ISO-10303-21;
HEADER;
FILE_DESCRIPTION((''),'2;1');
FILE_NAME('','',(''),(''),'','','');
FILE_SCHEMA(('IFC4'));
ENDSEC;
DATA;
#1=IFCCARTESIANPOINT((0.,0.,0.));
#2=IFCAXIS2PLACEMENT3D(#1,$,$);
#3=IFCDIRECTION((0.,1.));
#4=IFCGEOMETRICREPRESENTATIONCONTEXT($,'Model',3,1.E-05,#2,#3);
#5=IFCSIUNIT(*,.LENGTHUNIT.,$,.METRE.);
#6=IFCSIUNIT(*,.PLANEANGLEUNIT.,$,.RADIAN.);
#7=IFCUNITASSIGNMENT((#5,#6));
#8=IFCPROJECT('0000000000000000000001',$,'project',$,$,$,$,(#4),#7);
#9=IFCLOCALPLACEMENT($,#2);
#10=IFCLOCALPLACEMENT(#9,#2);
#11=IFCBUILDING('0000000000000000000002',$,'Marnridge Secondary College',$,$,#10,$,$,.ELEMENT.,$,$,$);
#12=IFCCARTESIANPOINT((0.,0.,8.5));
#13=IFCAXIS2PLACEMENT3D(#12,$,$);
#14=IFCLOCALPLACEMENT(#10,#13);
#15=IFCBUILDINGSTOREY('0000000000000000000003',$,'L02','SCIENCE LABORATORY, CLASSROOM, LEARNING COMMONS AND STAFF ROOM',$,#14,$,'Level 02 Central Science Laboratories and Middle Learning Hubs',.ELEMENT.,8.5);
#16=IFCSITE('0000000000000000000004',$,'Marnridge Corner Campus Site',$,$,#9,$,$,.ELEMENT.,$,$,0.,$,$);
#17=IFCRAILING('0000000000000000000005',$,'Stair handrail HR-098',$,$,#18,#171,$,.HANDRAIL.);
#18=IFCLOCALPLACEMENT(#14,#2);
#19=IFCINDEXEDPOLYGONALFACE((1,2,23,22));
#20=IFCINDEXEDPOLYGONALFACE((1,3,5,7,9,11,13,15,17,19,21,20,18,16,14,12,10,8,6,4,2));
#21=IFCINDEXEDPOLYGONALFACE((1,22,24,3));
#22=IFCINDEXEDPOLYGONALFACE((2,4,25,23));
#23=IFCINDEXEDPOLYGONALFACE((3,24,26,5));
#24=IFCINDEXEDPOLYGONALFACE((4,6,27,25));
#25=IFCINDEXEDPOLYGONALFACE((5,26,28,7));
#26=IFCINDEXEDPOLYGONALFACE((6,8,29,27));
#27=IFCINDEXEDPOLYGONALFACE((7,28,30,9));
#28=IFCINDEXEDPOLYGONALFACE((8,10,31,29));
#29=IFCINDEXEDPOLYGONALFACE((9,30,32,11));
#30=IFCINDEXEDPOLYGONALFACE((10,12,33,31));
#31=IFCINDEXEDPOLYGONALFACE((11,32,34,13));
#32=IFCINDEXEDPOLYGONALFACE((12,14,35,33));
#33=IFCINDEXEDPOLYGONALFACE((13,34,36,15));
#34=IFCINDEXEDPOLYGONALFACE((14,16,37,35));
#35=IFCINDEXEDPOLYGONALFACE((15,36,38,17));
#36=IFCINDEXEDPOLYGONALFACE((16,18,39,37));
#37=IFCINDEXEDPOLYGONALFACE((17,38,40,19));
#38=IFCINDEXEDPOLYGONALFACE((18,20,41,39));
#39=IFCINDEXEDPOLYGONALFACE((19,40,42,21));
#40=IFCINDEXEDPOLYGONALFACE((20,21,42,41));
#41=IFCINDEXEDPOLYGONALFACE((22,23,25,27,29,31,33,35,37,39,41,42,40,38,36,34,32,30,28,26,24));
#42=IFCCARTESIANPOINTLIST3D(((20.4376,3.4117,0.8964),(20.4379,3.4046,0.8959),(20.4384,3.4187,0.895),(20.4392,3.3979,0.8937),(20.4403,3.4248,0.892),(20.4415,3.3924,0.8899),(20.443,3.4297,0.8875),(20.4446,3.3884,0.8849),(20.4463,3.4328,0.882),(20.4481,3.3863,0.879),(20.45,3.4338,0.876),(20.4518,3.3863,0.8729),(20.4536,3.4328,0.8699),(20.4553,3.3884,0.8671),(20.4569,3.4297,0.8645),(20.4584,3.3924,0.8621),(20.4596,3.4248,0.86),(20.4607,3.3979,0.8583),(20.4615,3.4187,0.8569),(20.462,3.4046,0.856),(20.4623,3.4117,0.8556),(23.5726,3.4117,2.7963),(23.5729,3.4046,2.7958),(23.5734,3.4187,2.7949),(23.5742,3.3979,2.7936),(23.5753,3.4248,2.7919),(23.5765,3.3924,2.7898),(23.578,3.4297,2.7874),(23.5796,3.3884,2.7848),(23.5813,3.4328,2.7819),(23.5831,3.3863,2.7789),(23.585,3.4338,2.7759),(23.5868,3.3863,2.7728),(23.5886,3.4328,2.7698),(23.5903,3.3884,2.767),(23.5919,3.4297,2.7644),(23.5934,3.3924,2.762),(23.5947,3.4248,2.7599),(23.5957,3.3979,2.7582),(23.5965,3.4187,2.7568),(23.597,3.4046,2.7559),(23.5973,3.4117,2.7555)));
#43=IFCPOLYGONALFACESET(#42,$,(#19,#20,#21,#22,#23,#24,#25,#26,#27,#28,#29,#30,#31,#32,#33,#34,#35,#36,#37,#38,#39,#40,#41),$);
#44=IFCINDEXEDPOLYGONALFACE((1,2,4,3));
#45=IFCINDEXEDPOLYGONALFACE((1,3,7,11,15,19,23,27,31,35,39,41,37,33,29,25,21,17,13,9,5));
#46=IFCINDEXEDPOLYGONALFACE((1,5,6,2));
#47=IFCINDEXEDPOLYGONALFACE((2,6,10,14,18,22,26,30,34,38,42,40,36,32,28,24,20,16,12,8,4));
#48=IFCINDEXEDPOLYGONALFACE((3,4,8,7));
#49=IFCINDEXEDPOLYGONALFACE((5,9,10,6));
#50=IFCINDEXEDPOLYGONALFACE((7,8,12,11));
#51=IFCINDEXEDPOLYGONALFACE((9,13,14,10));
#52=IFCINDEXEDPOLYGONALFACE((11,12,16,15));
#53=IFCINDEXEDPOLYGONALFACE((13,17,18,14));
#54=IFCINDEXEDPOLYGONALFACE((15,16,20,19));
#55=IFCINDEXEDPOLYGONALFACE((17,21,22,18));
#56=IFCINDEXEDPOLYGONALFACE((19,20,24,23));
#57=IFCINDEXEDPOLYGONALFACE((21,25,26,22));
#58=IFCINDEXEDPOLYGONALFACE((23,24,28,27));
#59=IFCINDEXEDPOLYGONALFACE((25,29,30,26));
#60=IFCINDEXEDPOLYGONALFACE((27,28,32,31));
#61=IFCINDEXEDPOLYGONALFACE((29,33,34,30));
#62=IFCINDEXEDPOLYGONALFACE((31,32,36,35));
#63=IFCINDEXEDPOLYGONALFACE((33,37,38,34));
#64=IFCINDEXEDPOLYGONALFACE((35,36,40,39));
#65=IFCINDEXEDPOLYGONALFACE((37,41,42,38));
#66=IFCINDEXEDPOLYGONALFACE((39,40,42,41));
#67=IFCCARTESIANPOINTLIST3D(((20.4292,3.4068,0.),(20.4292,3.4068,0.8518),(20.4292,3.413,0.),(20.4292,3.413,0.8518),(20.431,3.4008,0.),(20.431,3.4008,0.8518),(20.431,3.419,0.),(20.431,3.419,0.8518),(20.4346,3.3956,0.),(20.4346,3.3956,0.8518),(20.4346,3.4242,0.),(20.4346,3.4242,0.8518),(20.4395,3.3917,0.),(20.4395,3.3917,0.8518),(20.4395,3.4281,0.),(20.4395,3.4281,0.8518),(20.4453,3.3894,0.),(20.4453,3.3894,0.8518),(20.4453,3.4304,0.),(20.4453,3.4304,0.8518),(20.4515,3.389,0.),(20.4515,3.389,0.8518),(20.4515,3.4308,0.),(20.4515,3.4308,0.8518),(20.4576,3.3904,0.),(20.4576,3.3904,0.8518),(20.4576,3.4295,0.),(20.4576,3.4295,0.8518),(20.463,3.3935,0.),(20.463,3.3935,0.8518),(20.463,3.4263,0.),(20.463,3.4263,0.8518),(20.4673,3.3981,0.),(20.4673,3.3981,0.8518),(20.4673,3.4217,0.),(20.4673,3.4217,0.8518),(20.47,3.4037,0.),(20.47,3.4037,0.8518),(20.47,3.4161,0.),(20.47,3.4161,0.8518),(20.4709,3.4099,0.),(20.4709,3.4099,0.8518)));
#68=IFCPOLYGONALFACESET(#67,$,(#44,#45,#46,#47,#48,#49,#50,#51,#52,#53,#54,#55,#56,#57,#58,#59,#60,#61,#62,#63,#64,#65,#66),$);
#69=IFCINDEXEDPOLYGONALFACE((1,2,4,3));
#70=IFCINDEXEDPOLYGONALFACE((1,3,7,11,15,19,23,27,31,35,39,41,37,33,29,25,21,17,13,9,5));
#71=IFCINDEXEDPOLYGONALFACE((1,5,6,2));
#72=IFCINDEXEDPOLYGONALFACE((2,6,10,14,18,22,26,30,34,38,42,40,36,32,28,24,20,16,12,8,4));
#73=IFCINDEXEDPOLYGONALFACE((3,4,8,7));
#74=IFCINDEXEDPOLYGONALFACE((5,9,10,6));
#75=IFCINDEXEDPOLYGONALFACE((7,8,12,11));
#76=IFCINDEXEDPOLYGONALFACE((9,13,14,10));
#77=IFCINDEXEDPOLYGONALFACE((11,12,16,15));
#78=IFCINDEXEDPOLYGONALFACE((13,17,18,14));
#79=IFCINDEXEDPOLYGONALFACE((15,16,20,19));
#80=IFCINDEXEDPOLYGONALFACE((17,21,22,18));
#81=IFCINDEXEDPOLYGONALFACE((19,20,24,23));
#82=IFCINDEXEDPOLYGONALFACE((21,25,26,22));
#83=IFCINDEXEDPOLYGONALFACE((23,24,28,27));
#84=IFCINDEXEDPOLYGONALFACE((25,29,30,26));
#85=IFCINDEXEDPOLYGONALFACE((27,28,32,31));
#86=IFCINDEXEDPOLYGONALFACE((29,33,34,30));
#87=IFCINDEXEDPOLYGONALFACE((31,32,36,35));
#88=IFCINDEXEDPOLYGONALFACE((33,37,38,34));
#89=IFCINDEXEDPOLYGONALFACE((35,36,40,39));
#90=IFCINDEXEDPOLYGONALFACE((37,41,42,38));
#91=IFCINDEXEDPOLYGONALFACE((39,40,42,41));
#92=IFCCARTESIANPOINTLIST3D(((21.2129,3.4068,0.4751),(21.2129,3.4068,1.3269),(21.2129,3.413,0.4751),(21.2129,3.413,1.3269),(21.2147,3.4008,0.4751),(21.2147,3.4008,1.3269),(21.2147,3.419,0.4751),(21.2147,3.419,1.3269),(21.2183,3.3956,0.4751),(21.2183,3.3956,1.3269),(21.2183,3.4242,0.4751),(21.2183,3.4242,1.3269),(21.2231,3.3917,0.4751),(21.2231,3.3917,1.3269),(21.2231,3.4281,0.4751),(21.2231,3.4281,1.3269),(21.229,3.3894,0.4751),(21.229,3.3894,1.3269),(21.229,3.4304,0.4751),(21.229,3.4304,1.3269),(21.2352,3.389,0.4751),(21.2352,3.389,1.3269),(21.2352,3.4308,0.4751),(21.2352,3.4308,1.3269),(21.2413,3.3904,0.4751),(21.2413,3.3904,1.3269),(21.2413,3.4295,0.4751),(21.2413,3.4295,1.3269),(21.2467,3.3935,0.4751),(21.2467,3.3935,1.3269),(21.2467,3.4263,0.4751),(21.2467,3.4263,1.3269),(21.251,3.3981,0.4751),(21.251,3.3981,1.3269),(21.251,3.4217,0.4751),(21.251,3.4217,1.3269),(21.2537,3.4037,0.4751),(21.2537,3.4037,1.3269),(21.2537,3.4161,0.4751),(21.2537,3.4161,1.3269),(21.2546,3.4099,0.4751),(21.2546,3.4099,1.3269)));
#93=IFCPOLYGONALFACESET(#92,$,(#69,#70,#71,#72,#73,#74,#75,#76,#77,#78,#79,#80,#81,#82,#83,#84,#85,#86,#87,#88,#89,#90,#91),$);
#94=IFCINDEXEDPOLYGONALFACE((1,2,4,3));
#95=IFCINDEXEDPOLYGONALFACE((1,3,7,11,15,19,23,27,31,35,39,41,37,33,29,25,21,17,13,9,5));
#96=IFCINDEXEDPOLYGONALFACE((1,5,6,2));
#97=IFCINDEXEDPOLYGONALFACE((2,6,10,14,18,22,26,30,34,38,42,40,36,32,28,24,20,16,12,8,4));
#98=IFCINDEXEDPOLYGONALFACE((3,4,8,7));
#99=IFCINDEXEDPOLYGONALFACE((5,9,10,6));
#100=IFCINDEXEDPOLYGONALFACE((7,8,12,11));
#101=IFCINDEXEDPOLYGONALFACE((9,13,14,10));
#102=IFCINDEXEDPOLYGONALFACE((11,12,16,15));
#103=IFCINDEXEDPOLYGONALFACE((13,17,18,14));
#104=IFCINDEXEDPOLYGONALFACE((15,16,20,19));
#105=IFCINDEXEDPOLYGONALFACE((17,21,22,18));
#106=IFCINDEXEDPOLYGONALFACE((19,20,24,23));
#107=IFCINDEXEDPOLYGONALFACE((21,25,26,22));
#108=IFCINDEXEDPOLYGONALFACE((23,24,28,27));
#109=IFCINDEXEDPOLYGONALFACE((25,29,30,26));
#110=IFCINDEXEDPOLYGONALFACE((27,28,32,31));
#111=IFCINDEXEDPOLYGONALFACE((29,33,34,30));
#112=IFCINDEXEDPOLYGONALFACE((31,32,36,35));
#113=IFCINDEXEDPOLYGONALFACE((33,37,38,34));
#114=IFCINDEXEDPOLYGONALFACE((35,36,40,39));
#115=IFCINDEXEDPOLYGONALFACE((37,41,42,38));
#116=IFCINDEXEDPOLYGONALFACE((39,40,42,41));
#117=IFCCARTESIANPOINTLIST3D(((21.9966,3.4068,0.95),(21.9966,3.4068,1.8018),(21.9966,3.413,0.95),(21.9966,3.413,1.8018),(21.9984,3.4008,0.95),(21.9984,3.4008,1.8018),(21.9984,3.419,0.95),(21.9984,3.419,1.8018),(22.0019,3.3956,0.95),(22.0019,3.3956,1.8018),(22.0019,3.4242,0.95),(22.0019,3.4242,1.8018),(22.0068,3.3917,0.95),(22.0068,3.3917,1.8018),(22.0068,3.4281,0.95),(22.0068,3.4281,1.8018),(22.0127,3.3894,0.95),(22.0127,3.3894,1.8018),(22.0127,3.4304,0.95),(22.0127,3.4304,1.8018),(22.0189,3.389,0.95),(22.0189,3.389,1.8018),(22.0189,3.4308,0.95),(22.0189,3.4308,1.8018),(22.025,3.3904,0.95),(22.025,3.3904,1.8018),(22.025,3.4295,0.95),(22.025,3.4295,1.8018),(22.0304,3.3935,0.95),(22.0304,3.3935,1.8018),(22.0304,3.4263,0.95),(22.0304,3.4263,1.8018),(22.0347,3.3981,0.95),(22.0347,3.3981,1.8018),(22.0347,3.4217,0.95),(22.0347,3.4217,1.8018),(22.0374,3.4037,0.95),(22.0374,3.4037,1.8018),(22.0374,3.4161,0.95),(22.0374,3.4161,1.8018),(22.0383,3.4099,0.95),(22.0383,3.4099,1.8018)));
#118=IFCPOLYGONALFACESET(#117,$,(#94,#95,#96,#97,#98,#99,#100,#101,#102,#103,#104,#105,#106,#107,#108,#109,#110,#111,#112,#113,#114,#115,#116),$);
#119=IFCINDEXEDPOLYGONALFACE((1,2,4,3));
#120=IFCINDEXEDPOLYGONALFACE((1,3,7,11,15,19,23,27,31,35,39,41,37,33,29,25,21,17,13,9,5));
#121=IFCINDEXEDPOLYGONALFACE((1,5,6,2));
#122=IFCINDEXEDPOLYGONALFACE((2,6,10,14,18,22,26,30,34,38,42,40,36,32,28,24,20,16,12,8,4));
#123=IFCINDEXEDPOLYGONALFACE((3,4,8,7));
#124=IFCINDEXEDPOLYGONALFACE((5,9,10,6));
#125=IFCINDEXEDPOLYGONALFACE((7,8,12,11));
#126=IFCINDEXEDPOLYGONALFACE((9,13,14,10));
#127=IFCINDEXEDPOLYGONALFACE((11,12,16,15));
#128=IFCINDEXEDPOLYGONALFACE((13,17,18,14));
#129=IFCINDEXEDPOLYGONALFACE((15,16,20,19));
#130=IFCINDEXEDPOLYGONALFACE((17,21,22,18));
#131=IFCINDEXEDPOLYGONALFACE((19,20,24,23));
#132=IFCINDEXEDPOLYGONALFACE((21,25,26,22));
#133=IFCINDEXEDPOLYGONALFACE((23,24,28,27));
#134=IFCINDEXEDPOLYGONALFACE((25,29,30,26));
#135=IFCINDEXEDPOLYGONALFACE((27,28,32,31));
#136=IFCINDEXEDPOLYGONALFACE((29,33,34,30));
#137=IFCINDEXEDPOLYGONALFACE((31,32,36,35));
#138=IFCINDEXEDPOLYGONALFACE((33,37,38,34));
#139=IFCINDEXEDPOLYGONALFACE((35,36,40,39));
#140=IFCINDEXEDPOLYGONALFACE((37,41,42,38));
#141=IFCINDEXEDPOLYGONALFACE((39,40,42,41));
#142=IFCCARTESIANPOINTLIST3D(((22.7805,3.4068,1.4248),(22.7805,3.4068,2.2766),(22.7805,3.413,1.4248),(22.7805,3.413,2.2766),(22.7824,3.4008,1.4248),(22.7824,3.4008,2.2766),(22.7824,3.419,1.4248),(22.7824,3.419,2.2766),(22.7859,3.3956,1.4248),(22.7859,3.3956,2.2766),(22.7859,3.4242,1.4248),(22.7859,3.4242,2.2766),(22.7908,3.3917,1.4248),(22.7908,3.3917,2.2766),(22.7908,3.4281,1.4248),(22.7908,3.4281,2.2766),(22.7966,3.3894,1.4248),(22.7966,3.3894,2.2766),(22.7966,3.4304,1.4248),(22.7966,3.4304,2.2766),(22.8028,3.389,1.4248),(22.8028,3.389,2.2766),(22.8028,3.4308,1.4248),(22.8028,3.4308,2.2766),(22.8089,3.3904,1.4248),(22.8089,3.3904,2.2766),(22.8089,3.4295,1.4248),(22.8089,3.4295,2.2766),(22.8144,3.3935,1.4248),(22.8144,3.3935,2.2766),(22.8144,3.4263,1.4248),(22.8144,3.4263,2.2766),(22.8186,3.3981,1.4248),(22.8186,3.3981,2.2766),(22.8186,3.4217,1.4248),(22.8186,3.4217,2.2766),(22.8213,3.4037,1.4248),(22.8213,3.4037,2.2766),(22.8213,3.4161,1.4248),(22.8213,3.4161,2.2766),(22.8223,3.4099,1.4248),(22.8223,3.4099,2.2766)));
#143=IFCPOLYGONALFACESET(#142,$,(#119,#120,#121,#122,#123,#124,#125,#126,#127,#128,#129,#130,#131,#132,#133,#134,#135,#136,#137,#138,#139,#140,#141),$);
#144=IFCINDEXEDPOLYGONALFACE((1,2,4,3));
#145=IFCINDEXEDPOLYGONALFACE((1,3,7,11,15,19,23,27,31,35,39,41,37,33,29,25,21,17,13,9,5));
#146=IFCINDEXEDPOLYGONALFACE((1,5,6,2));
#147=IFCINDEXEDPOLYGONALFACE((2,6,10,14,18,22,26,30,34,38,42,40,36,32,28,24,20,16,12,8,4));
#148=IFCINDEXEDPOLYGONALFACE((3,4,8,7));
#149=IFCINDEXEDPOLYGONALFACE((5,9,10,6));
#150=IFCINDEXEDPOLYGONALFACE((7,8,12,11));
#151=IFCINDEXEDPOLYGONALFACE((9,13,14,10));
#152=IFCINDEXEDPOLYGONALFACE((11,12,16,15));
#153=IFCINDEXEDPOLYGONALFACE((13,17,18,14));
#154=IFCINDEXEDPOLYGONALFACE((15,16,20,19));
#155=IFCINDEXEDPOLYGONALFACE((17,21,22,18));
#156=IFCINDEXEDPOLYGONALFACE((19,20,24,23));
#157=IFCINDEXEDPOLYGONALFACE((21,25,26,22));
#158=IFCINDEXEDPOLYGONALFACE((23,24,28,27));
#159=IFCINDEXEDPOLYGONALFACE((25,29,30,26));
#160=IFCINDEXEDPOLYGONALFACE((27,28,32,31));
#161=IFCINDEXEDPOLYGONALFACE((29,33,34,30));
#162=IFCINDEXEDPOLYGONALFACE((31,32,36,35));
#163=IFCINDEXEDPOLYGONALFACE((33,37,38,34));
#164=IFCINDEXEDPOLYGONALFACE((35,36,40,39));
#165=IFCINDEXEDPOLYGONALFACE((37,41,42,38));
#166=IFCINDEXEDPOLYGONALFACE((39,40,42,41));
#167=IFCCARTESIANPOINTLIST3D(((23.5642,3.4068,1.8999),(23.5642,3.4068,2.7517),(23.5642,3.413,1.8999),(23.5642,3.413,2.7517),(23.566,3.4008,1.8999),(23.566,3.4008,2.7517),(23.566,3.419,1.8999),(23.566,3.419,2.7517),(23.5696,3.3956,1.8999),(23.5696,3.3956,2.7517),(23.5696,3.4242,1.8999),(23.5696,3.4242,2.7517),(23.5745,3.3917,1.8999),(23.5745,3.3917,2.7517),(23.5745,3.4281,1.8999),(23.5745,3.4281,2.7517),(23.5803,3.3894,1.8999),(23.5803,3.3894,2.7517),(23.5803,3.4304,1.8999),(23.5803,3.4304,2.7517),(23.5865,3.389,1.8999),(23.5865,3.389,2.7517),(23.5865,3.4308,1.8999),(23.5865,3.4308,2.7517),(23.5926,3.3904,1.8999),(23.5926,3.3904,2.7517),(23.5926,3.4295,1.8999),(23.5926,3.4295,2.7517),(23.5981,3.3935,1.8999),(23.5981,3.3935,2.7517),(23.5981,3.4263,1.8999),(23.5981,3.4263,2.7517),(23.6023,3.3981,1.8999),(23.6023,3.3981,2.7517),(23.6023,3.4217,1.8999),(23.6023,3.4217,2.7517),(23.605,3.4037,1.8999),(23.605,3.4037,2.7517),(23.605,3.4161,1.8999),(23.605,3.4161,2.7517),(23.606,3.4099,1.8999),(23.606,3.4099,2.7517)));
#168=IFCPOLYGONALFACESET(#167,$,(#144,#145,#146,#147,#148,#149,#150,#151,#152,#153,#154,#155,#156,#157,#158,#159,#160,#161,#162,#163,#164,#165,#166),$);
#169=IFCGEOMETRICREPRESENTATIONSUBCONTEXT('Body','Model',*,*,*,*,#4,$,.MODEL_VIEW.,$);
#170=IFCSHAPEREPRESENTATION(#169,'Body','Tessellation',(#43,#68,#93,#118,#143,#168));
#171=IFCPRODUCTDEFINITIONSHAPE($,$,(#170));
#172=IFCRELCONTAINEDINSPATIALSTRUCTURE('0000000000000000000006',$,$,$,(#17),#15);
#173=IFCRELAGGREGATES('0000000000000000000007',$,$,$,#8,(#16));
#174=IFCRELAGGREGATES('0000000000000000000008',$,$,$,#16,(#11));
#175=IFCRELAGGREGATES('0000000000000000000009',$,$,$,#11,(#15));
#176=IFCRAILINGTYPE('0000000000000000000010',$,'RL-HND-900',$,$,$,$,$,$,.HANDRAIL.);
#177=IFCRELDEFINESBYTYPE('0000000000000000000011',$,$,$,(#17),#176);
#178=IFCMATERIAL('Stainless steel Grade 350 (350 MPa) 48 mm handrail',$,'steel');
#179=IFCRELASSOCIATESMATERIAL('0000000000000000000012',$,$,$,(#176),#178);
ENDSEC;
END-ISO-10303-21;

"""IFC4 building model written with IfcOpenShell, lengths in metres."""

from ifc_helpers import new_model, si_unit, direction, frame, origin, origin_2d, place, context, subcontext, project, spatial, circle, extrude, material, type_object, element, save


model = new_model("IFC4")

# Units and contexts
model_context = context("Model", 3, precision=1e-05, world=origin(), true_north=direction((0.0, 1.0)))
body_context = subcontext(model_context, "Body", "Model", "MODEL_VIEW")
ifc_project = project(units=[si_unit("LENGTHUNIT", "METRE"), si_unit("PLANEANGLEUNIT", "RADIAN")], contexts=[model_context])

# Site, building, storey
site_placement = place(None, origin())
site = spatial("IfcSite", under=ifc_project, at=site_placement, Name="Marnridge Corner Campus Site", CompositionType="ELEMENT", RefElevation=0.0)
building_placement = place(site_placement, origin())
building = spatial("IfcBuilding", under=site, at=building_placement, Name="Marnridge Secondary College", CompositionType="ELEMENT")
storey_placement = place(building_placement, frame((0.0, 0.0, 8.5)))
storey = spatial("IfcBuildingStorey", under=building, at=storey_placement, Name="L02", Description="SCIENCE LABORATORY, CLASSROOM, LEARNING COMMONS AND STAFF ROOM", LongName="Level 02 Central Science Laboratories and Middle Learning Hubs", CompositionType="ELEMENT", Elevation=8.5)

# Railing
ifc_material_1 = material(Name="Stainless steel Grade 350 (350 MPa) 48 mm handrail", Category="steel")
railing_type_1 = type_object("IfcRailingType", Name="RL-HND-900", PredefinedType="HANDRAIL", material=ifc_material_1)
for number, where, name in (
    (1, (20.45, 3.4099, 0.0), "Stair handrail HR-098"),
):
    element("IfcRailing", number, at=place(storey_placement, frame(where)), inside=storey, type_object=railing_type_1, Name=name, PredefinedType="HANDRAIL", context=body_context, shape_type="SweptSolid", body=[
        extrude(circle(Radius=0.0239, at=origin_2d()), frame((0.0, 0.0, 0.876), z_axis=(0.85521, 0.0, 0.518281), x_axis=(0.0, 1.0, 0.0)), (0.0, 0.0, 1.0), 3.6658),
        extrude(circle(Radius=0.021, at=origin_2d()), origin(), (0.0, 0.0, 1.0), 0.8518),
        extrude(circle(Radius=0.021, at=origin_2d()), frame((0.7837, 0.0, 0.4751)), (0.0, 0.0, 1.0), 0.8518),
        extrude(circle(Radius=0.021, at=origin_2d()), frame((1.5674, 0.0, 0.95)), (0.0, 0.0, 1.0), 0.8518),
        extrude(circle(Radius=0.021, at=origin_2d()), frame((2.3513, 0.0, 1.4248)), (0.0, 0.0, 1.0), 0.8518),
        extrude(circle(Radius=0.021, at=origin_2d()), frame((3.135, 0.0, 1.8999)), (0.0, 0.0, 1.0), 0.8518),
    ])

save(model, "model.ifc")
